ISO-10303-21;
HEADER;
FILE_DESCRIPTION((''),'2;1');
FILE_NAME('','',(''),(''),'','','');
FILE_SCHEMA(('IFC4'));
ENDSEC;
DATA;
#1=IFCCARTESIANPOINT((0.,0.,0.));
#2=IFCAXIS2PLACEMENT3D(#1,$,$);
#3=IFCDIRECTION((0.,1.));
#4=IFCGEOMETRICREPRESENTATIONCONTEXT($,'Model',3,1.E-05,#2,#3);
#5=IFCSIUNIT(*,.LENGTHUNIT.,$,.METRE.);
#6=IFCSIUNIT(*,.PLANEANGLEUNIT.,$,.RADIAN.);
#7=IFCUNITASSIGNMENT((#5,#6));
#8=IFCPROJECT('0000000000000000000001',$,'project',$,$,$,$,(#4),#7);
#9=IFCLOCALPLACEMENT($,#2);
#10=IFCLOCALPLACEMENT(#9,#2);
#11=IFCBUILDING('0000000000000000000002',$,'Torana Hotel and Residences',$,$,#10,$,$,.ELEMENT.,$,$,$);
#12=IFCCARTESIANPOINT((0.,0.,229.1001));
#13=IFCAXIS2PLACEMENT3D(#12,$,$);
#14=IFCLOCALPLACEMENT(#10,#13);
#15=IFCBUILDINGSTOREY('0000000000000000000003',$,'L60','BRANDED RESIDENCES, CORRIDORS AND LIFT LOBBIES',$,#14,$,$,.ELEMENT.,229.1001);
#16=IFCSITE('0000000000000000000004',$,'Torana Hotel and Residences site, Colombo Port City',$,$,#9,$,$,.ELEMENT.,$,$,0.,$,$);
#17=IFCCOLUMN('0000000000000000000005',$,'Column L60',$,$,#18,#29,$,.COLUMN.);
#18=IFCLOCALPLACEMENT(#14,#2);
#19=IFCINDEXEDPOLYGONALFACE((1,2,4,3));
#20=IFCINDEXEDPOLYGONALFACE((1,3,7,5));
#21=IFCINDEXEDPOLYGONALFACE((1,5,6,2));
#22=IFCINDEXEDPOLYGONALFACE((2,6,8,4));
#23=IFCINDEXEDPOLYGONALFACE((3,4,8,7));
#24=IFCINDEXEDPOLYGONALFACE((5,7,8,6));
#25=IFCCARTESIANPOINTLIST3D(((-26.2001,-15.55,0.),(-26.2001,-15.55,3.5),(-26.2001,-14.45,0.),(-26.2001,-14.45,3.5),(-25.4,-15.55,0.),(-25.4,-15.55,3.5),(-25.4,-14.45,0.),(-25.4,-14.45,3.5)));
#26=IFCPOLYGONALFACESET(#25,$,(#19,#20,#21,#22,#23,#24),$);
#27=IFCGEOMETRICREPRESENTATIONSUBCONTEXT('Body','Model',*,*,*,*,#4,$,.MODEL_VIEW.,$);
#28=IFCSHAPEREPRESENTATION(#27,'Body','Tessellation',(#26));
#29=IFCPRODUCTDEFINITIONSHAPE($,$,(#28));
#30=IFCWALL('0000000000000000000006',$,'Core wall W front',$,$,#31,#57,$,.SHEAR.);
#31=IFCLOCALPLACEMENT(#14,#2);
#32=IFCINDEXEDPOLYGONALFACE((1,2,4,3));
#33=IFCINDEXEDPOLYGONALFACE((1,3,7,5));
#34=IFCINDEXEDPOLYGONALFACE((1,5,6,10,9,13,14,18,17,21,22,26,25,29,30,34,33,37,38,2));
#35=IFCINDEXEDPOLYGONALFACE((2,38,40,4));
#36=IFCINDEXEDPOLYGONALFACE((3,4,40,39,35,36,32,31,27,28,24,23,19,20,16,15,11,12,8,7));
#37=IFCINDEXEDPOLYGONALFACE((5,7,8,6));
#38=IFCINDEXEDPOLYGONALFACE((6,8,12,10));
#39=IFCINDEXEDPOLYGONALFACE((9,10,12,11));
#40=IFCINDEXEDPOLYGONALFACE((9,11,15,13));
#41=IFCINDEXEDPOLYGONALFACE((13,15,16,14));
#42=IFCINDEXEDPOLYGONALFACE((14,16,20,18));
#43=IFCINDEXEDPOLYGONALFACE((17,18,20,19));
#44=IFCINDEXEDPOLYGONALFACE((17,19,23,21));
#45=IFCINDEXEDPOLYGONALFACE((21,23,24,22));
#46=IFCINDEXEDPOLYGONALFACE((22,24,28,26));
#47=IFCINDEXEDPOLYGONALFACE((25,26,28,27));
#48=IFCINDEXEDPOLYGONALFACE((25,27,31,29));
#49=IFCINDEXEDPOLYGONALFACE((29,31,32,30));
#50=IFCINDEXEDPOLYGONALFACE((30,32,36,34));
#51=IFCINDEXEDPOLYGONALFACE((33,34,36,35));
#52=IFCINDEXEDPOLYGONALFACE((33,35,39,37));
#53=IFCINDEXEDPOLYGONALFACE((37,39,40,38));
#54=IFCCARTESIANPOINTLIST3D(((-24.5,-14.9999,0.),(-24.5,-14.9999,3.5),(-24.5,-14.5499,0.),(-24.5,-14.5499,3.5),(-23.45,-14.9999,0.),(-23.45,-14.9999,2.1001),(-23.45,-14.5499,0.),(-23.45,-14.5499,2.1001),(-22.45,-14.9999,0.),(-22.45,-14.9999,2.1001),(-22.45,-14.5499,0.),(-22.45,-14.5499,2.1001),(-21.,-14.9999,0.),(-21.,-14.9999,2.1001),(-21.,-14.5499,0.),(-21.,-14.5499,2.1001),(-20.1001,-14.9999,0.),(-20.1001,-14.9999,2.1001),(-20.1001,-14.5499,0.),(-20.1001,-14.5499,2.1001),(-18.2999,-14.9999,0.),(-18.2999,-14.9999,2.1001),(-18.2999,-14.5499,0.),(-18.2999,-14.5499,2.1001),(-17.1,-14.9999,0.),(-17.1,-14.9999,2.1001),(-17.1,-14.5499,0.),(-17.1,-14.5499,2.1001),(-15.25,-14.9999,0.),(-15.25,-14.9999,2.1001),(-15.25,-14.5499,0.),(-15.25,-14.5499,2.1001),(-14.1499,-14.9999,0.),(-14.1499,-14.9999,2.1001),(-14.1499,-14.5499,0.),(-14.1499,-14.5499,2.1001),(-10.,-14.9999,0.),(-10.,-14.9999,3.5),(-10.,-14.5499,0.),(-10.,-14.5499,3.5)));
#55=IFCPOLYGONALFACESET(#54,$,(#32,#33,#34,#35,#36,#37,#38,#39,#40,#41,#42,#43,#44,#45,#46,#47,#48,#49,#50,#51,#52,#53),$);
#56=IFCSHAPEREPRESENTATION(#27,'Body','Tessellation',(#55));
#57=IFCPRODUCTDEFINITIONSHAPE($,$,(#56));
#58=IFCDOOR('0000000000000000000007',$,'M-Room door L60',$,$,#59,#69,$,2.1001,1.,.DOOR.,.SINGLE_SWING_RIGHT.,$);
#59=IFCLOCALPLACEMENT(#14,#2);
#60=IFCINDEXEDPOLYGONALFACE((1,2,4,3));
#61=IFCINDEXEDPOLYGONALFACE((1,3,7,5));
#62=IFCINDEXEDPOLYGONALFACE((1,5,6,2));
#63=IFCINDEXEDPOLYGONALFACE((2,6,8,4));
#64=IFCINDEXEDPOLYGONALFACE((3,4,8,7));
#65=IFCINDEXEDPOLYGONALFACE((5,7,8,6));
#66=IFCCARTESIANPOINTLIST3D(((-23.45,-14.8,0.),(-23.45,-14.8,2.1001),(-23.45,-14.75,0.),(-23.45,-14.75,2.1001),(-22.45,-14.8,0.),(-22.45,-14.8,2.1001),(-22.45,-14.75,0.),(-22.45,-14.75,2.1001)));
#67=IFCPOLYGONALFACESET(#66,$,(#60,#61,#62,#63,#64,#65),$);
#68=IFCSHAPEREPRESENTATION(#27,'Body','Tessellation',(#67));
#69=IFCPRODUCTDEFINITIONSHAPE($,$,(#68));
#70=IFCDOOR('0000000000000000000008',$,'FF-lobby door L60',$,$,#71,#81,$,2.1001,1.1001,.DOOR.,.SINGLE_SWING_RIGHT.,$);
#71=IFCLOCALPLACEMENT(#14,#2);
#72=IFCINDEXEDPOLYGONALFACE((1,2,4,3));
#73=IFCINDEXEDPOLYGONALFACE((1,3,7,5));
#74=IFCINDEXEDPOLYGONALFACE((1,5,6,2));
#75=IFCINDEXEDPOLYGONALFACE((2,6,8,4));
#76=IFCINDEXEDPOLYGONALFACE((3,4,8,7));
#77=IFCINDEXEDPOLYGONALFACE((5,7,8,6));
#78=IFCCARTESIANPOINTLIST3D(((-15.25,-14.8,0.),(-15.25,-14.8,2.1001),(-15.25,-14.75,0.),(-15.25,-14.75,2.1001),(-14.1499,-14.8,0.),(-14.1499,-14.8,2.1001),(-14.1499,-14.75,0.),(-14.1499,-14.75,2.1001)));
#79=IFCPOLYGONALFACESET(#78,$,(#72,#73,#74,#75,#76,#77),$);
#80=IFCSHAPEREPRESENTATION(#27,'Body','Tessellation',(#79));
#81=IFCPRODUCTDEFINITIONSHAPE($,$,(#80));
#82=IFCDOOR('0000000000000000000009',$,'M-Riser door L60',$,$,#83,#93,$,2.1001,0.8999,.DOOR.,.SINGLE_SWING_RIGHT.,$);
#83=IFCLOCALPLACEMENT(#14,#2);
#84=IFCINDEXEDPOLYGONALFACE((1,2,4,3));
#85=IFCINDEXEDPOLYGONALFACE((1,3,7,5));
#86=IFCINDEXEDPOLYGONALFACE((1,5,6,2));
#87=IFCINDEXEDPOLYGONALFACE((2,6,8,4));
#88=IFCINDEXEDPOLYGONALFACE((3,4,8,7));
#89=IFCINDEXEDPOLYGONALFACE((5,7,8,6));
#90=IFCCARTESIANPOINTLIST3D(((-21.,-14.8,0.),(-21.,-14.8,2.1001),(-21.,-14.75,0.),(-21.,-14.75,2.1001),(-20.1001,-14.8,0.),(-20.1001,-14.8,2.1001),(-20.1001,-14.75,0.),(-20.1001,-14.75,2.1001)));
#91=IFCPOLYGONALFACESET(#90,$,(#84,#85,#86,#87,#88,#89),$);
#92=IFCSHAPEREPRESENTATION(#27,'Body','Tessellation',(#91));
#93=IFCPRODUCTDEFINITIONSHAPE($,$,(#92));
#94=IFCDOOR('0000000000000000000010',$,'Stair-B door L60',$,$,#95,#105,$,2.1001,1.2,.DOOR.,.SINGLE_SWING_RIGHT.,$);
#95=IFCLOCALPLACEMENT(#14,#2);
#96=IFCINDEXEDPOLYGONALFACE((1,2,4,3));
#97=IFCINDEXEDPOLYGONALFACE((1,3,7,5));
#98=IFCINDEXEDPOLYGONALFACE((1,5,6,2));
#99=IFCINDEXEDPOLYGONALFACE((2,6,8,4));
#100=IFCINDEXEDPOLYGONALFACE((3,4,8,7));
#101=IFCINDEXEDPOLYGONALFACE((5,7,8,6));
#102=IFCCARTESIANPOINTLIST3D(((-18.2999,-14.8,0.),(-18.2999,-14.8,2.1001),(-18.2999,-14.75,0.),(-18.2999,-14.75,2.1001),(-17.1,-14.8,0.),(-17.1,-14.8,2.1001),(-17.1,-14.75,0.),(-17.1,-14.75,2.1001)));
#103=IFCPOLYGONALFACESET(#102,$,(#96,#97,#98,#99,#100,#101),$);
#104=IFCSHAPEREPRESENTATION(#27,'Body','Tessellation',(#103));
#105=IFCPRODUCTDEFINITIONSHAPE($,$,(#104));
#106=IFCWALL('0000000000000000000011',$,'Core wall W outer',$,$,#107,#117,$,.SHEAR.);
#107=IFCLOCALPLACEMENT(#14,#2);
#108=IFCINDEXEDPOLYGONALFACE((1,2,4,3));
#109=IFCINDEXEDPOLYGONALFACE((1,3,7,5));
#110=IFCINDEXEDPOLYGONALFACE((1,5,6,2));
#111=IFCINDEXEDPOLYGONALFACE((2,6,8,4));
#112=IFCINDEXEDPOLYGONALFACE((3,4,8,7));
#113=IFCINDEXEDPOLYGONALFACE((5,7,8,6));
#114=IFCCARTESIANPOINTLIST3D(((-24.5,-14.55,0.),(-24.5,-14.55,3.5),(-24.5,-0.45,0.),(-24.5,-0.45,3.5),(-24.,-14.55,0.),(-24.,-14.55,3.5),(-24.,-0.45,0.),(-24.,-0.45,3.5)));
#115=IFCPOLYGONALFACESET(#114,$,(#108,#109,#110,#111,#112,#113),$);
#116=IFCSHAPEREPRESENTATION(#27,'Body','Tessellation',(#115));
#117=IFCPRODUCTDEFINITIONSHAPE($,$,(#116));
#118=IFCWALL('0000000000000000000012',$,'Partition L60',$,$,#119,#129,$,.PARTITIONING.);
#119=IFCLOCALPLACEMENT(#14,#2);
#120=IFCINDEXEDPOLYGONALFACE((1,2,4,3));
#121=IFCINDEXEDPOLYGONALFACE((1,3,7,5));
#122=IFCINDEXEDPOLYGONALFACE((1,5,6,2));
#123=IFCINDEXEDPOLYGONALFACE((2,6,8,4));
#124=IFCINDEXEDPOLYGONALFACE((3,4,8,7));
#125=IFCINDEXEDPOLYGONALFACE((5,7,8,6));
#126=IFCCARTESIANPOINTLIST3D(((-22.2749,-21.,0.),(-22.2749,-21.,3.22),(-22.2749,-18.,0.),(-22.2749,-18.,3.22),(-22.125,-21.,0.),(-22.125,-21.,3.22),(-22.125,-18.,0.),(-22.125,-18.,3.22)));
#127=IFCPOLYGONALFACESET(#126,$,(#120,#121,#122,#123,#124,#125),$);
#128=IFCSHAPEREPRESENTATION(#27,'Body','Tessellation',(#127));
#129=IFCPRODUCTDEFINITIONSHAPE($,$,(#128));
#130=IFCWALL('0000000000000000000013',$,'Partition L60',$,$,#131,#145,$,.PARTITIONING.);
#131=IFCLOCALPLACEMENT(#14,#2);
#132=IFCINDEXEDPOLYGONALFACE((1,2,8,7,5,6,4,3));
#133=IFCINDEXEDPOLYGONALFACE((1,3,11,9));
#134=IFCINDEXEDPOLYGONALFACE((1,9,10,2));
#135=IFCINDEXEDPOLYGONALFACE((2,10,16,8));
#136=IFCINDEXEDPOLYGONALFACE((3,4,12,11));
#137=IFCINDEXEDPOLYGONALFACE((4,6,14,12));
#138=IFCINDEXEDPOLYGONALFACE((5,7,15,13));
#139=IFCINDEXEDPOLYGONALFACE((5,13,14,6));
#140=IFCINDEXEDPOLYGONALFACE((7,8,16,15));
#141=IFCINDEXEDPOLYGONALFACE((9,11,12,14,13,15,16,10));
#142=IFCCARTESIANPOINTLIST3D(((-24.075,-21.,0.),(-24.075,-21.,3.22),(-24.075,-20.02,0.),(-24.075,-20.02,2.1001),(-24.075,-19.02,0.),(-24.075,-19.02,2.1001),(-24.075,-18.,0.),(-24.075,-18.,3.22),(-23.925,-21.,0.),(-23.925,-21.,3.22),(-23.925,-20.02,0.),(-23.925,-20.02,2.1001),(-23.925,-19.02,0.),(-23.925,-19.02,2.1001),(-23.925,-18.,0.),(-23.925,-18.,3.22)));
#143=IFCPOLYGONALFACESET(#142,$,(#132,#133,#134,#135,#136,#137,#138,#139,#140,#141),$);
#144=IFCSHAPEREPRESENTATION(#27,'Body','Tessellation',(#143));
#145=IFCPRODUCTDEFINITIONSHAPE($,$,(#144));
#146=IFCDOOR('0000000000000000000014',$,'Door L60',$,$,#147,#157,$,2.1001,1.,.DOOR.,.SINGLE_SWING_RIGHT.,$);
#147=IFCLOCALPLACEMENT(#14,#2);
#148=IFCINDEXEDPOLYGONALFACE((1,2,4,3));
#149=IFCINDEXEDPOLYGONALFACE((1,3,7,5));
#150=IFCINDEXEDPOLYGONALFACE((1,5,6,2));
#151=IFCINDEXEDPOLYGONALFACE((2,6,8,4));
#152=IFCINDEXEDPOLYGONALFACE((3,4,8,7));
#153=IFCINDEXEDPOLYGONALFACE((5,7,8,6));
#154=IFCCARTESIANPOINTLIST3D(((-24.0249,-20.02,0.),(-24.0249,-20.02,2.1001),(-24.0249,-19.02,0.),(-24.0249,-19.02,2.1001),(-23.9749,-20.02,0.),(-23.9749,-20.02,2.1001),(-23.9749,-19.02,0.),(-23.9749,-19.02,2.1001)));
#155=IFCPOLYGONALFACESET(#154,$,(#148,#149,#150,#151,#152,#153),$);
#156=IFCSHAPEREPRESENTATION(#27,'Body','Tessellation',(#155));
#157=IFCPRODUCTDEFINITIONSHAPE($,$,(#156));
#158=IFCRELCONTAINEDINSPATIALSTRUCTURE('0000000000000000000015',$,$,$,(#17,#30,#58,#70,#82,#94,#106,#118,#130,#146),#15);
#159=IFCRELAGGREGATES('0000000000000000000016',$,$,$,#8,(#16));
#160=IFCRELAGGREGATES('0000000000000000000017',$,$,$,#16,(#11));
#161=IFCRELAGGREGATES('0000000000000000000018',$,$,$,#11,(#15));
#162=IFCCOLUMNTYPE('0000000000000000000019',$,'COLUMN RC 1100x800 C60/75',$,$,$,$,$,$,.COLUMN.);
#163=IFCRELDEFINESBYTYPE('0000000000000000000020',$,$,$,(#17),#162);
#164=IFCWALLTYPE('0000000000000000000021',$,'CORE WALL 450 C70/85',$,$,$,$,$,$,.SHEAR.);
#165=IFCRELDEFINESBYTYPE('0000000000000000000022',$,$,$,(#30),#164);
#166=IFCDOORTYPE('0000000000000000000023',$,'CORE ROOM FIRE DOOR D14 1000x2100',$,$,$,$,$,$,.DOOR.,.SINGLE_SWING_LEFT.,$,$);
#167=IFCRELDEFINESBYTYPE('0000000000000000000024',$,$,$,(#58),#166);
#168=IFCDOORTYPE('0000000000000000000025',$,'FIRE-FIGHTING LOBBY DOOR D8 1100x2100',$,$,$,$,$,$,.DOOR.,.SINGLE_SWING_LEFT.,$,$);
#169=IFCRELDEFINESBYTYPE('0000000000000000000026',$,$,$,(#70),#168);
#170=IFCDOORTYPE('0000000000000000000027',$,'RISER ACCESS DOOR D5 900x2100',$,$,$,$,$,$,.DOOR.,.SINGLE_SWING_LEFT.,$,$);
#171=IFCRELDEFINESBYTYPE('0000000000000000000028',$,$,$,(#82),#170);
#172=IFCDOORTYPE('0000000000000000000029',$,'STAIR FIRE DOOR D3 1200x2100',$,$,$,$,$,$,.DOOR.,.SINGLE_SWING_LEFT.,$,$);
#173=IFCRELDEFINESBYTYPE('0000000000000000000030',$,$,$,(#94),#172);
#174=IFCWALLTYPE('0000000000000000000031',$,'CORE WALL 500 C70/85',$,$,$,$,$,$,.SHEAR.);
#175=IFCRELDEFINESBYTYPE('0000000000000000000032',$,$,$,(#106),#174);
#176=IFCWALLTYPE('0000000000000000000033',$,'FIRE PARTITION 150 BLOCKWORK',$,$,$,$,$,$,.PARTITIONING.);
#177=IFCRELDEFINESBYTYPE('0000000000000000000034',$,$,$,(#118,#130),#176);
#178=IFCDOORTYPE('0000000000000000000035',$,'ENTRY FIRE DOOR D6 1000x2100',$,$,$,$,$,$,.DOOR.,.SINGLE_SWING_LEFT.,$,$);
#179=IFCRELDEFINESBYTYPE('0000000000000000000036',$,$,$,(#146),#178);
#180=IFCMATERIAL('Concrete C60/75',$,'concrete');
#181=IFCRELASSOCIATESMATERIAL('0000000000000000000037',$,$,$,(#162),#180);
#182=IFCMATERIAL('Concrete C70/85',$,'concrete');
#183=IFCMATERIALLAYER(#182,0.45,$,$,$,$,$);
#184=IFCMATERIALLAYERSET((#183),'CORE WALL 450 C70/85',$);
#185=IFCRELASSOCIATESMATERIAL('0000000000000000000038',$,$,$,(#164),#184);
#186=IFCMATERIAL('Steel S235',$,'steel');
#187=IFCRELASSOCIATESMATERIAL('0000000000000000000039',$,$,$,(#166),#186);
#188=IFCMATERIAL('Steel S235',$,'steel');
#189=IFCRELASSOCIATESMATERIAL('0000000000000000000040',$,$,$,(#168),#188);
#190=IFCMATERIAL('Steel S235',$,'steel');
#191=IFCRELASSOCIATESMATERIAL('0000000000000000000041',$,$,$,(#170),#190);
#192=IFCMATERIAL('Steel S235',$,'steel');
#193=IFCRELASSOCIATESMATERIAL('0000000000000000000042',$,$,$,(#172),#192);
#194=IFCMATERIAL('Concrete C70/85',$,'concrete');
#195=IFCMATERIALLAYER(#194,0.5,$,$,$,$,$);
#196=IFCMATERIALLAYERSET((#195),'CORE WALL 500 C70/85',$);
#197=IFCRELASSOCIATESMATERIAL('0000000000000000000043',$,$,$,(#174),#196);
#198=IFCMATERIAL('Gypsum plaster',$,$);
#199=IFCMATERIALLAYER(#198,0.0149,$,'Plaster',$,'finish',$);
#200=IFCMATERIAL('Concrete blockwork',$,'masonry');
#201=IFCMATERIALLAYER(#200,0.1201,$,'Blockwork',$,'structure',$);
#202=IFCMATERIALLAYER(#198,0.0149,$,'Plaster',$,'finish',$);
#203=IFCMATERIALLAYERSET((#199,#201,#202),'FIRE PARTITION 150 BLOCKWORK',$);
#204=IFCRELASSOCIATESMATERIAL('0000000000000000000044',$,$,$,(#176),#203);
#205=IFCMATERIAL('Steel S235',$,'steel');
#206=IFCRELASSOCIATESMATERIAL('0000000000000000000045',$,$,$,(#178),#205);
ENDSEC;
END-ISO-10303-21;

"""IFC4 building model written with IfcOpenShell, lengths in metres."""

from ifc_helpers import new_model, si_unit, direction, frame, frame_2d, origin, origin_2d, place, context, subcontext, project, spatial, rectangle, extrude, material, layer, layer_set, material_profile, profile_set, type_object, element, fill, save


model = new_model("IFC4")

# Units and contexts
model_context = context("Model", 3, precision=1e-05, world=origin(), true_north=direction((0.0, 1.0)))
body_context = subcontext(model_context, "Body", "Model", "MODEL_VIEW")
ifc_project = project(units=[si_unit("LENGTHUNIT", "METRE"), si_unit("PLANEANGLEUNIT", "RADIAN")], contexts=[model_context])

# Site, building, storey
site_placement = place(None, origin())
site = spatial("IfcSite", under=ifc_project, at=site_placement, Name="Torana Hotel and Residences site, Colombo Port City", CompositionType="ELEMENT", RefElevation=0.0)
building_placement = place(site_placement, origin())
building = spatial("IfcBuilding", under=site, at=building_placement, Name="Torana Hotel and Residences", CompositionType="ELEMENT")
storey_placement = place(building_placement, frame((0.0, 0.0, 229.1001)))
storey = spatial("IfcBuildingStorey", under=building, at=storey_placement, Name="L60", Description="BRANDED RESIDENCES, CORRIDORS AND LIFT LOBBIES", CompositionType="ELEMENT", Elevation=229.1001)

# Column
ifc_material_1 = material(Name="Concrete C60/75", Category="concrete")
ifc_material_profile = material_profile(ifc_material_1, rectangle(XDim=1.1001, YDim=0.8, at=origin_2d()), Name="RC 1100x800")
ifc_profile_set = profile_set([ifc_material_profile], Name="Concrete C60/75")
column_type = type_object("IfcColumnType", Name="COLUMN RC 1100x800 C60/75", PredefinedType="COLUMN", material=ifc_profile_set)
column_placement = place(storey_placement, frame((-25.8, -15.0, 0.0), z_axis=(0.0, 0.0, 1.0), x_axis=(0.0, 1.0, 0.0)))
element("IfcColumn", 1, at=column_placement, inside=storey, type_object=column_type, Name="Column L60", PredefinedType="COLUMN", context=body_context, shape_type="SweptSolid", body=[
    extrude(rectangle(XDim=1.1001, YDim=0.8, at=origin_2d()), origin(), (0.0, 0.0, 1.0), 3.5),
])

# Wall, openings, doors
ifc_material_2 = material(Name="Concrete C70/85", Category="concrete")
ifc_layer_1 = layer(ifc_material_2, 0.45)
ifc_layer_set_1 = layer_set([ifc_layer_1], Name="CORE WALL 450 C70/85")
wall_type_1 = type_object("IfcWallType", Name="CORE WALL 450 C70/85", PredefinedType="SHEAR", material=ifc_layer_set_1)
wall_1_placement = place(storey_placement, frame((-24.5, -14.7749, 0.0), z_axis=(0.0, 0.0, 1.0), x_axis=(1.0, 0.0, 0.0)))
wall_1 = element("IfcWall", 2, at=wall_1_placement, inside=storey, type_object=wall_type_1, Name="Core wall W front", PredefinedType="SHEAR", context=body_context, shape_type="SweptSolid", body=[
    extrude(rectangle(XDim=14.5, YDim=0.45, at=frame_2d((7.25, 0.0))), origin(), (0.0, 0.0, 1.0), 3.5),
])
opening_1_placement = place(wall_1_placement, frame((6.2, 0.0, 0.0)))
opening_1 = element("IfcOpeningElement", 3, at=opening_1_placement, cuts=wall_1, PredefinedType="OPENING", context=body_context, shape_type="SweptSolid", body=[
    extrude(rectangle(XDim=1.2, YDim=2.1001, at=frame_2d((0.6001, 1.05))), frame((0.0, 0.2349, 0.0), z_axis=(0.0, -1.0, 0.0), x_axis=(1.0, 0.0, 0.0)), (0.0, 0.0, 1.0), 0.47),
])
opening_2_placement = place(wall_1_placement, frame((9.25, 0.0, 0.0)))
opening_2 = element("IfcOpeningElement", 4, at=opening_2_placement, cuts=wall_1, PredefinedType="OPENING", context=body_context, shape_type="SweptSolid", body=[
    extrude(rectangle(XDim=1.1001, YDim=2.1001, at=frame_2d((0.55, 1.05))), frame((0.0, 0.2349, 0.0), z_axis=(0.0, -1.0, 0.0), x_axis=(1.0, 0.0, 0.0)), (0.0, 0.0, 1.0), 0.47),
])
opening_3_placement = place(wall_1_placement, frame((3.5, 0.0, 0.0)))
opening_3 = element("IfcOpeningElement", 5, at=opening_3_placement, cuts=wall_1, PredefinedType="OPENING", context=body_context, shape_type="SweptSolid", body=[
    extrude(rectangle(XDim=0.8999, YDim=2.1001, at=frame_2d((0.45, 1.05))), frame((0.0, 0.2349, 0.0), z_axis=(0.0, -1.0, 0.0), x_axis=(1.0, 0.0, 0.0)), (0.0, 0.0, 1.0), 0.47),
])
opening_4_placement = place(wall_1_placement, frame((1.05, 0.0, 0.0)))
opening_4 = element("IfcOpeningElement", 6, at=opening_4_placement, cuts=wall_1, PredefinedType="OPENING", context=body_context, shape_type="SweptSolid", body=[
    extrude(rectangle(XDim=1.0, YDim=2.1001, at=frame_2d((0.5, 1.05))), frame((0.0, 0.2349, 0.0), z_axis=(0.0, -1.0, 0.0), x_axis=(1.0, 0.0, 0.0)), (0.0, 0.0, 1.0), 0.47),
])
ifc_material_3 = material(Name="Steel S235", Category="steel")
door_type_1 = type_object("IfcDoorType", Name="CORE ROOM FIRE DOOR D14 1000x2100", OperationType="SINGLE_SWING_LEFT", PredefinedType="DOOR", material=ifc_material_3)
door_1_placement = place(opening_4_placement, origin())
door_1 = element("IfcDoor", 7, at=door_1_placement, inside=storey, type_object=door_type_1, Name="M-Room door L60", OperationType="SINGLE_SWING_RIGHT", OverallHeight=2.1001, OverallWidth=1.0, PredefinedType="DOOR", context=body_context, shape_type="SweptSolid", body=[
    extrude(rectangle(XDim=1.0, YDim=2.1001, at=frame_2d((0.5, 1.05))), frame((0.0, 0.0249, 0.0), z_axis=(0.0, -1.0, 0.0), x_axis=(1.0, 0.0, 0.0)), (0.0, 0.0, 1.0), 0.05),
])
fill(opening_4, door_1)
ifc_material_4 = material(Name="Steel S235", Category="steel")
door_type_2 = type_object("IfcDoorType", Name="FIRE-FIGHTING LOBBY DOOR D8 1100x2100", OperationType="SINGLE_SWING_LEFT", PredefinedType="DOOR", material=ifc_material_4)
door_2_placement = place(opening_2_placement, origin())
door_2 = element("IfcDoor", 8, at=door_2_placement, inside=storey, type_object=door_type_2, Name="FF-lobby door L60", OperationType="SINGLE_SWING_RIGHT", OverallHeight=2.1001, OverallWidth=1.1001, PredefinedType="DOOR", context=body_context, shape_type="SweptSolid", body=[
    extrude(rectangle(XDim=1.1001, YDim=2.1001, at=frame_2d((0.55, 1.05))), frame((0.0, 0.0249, 0.0), z_axis=(0.0, -1.0, 0.0), x_axis=(1.0, 0.0, 0.0)), (0.0, 0.0, 1.0), 0.05),
])
fill(opening_2, door_2)
ifc_material_5 = material(Name="Steel S235", Category="steel")
door_type_3 = type_object("IfcDoorType", Name="RISER ACCESS DOOR D5 900x2100", OperationType="SINGLE_SWING_LEFT", PredefinedType="DOOR", material=ifc_material_5)
door_3_placement = place(opening_3_placement, origin())
door_3 = element("IfcDoor", 9, at=door_3_placement, inside=storey, type_object=door_type_3, Name="M-Riser door L60", OperationType="SINGLE_SWING_RIGHT", OverallHeight=2.1001, OverallWidth=0.8999, PredefinedType="DOOR", context=body_context, shape_type="SweptSolid", body=[
    extrude(rectangle(XDim=0.8999, YDim=2.1001, at=frame_2d((0.45, 1.05))), frame((0.0, 0.0249, 0.0), z_axis=(0.0, -1.0, 0.0), x_axis=(1.0, 0.0, 0.0)), (0.0, 0.0, 1.0), 0.05),
])
fill(opening_3, door_3)
ifc_material_6 = material(Name="Steel S235", Category="steel")
door_type_4 = type_object("IfcDoorType", Name="STAIR FIRE DOOR D3 1200x2100", OperationType="SINGLE_SWING_LEFT", PredefinedType="DOOR", material=ifc_material_6)
door_4_placement = place(opening_1_placement, origin())
door_4 = element("IfcDoor", 10, at=door_4_placement, inside=storey, type_object=door_type_4, Name="Stair-B door L60", OperationType="SINGLE_SWING_RIGHT", OverallHeight=2.1001, OverallWidth=1.2, PredefinedType="DOOR", context=body_context, shape_type="SweptSolid", body=[
    extrude(rectangle(XDim=1.2, YDim=2.1001, at=frame_2d((0.6001, 1.05))), frame((0.0, 0.0249, 0.0), z_axis=(0.0, -1.0, 0.0), x_axis=(1.0, 0.0, 0.0)), (0.0, 0.0, 1.0), 0.05),
])
fill(opening_1, door_4)

# Walls
ifc_material_7 = material(Name="Concrete C70/85", Category="concrete")
ifc_layer_2 = layer(ifc_material_7, 0.5)
ifc_layer_set_2 = layer_set([ifc_layer_2], Name="CORE WALL 500 C70/85")
wall_type_2 = type_object("IfcWallType", Name="CORE WALL 500 C70/85", PredefinedType="SHEAR", material=ifc_layer_set_2)
wall_2_placement = place(storey_placement, frame((-24.25, -14.55, 0.0), z_axis=(0.0, 0.0, 1.0), x_axis=(0.0, 1.0, 0.0)))
element("IfcWall", 11, at=wall_2_placement, inside=storey, type_object=wall_type_2, Name="Core wall W outer", PredefinedType="SHEAR", context=body_context, shape_type="SweptSolid", body=[
    extrude(rectangle(XDim=14.1001, YDim=0.5, at=frame_2d((7.05, 0.0))), origin(), (0.0, 0.0, 1.0), 3.5),
])
ifc_material_8 = material(Name="Gypsum plaster")
ifc_layer_3 = layer(ifc_material_8, 0.0149, Name="Plaster", Category="finish")
ifc_material_9 = material(Name="Concrete blockwork", Category="masonry")
ifc_layer_4 = layer(ifc_material_9, 0.1201, Name="Blockwork", Category="structure")
ifc_layer_5 = layer(ifc_material_8, 0.0149, Name="Plaster", Category="finish")
ifc_layer_set_3 = layer_set([ifc_layer_3, ifc_layer_4, ifc_layer_5], Name="FIRE PARTITION 150 BLOCKWORK")
wall_type_3 = type_object("IfcWallType", Name="FIRE PARTITION 150 BLOCKWORK", PredefinedType="PARTITIONING", material=ifc_layer_set_3)
wall_3_placement = place(storey_placement, frame((-22.2, -21.0, 0.0), z_axis=(0.0, 0.0, 1.0), x_axis=(0.0, 1.0, 0.0)))
element("IfcWall", 12, at=wall_3_placement, inside=storey, type_object=wall_type_3, Name="Partition L60", PredefinedType="PARTITIONING", context=body_context, shape_type="SweptSolid", body=[
    extrude(rectangle(XDim=3.0, YDim=0.1499, at=frame_2d((1.5, 0.0))), origin(), (0.0, 0.0, 1.0), 3.22),
])

# Wall, opening, door
wall_4_placement = place(storey_placement, frame((-24.0, -21.0, 0.0), z_axis=(0.0, 0.0, 1.0), x_axis=(0.0, 1.0, 0.0)))
wall_4 = element("IfcWall", 13, at=wall_4_placement, inside=storey, type_object=wall_type_3, Name="Partition L60", PredefinedType="PARTITIONING", context=body_context, shape_type="SweptSolid", body=[
    extrude(rectangle(XDim=3.0, YDim=0.1499, at=frame_2d((1.5, 0.0))), origin(), (0.0, 0.0, 1.0), 3.22),
])
opening_5_placement = place(wall_4_placement, frame((0.98, 0.0, 0.0)))
opening_5 = element("IfcOpeningElement", 14, at=opening_5_placement, cuts=wall_4, PredefinedType="OPENING", context=body_context, shape_type="SweptSolid", body=[
    extrude(rectangle(XDim=1.0, YDim=2.1001, at=frame_2d((0.5, 1.05))), frame((0.0, 0.085, 0.0), z_axis=(0.0, -1.0, 0.0), x_axis=(1.0, 0.0, 0.0)), (0.0, 0.0, 1.0), 0.1699),
])
ifc_material_10 = material(Name="Steel S235", Category="steel")
door_type_5 = type_object("IfcDoorType", Name="ENTRY FIRE DOOR D6 1000x2100", OperationType="SINGLE_SWING_LEFT", PredefinedType="DOOR", material=ifc_material_10)
door_5_placement = place(opening_5_placement, origin())
door_5 = element("IfcDoor", 15, at=door_5_placement, inside=storey, type_object=door_type_5, Name="Door L60", OperationType="SINGLE_SWING_RIGHT", OverallHeight=2.1001, OverallWidth=1.0, PredefinedType="DOOR", context=body_context, shape_type="SweptSolid", body=[
    extrude(rectangle(XDim=1.0, YDim=2.1001, at=frame_2d((0.5, 1.05))), frame((0.0, 0.0249, 0.0), z_axis=(0.0, -1.0, 0.0), x_axis=(1.0, 0.0, 0.0)), (0.0, 0.0, 1.0), 0.05),
])
fill(opening_5, door_5)

save(model, "model.ifc")
